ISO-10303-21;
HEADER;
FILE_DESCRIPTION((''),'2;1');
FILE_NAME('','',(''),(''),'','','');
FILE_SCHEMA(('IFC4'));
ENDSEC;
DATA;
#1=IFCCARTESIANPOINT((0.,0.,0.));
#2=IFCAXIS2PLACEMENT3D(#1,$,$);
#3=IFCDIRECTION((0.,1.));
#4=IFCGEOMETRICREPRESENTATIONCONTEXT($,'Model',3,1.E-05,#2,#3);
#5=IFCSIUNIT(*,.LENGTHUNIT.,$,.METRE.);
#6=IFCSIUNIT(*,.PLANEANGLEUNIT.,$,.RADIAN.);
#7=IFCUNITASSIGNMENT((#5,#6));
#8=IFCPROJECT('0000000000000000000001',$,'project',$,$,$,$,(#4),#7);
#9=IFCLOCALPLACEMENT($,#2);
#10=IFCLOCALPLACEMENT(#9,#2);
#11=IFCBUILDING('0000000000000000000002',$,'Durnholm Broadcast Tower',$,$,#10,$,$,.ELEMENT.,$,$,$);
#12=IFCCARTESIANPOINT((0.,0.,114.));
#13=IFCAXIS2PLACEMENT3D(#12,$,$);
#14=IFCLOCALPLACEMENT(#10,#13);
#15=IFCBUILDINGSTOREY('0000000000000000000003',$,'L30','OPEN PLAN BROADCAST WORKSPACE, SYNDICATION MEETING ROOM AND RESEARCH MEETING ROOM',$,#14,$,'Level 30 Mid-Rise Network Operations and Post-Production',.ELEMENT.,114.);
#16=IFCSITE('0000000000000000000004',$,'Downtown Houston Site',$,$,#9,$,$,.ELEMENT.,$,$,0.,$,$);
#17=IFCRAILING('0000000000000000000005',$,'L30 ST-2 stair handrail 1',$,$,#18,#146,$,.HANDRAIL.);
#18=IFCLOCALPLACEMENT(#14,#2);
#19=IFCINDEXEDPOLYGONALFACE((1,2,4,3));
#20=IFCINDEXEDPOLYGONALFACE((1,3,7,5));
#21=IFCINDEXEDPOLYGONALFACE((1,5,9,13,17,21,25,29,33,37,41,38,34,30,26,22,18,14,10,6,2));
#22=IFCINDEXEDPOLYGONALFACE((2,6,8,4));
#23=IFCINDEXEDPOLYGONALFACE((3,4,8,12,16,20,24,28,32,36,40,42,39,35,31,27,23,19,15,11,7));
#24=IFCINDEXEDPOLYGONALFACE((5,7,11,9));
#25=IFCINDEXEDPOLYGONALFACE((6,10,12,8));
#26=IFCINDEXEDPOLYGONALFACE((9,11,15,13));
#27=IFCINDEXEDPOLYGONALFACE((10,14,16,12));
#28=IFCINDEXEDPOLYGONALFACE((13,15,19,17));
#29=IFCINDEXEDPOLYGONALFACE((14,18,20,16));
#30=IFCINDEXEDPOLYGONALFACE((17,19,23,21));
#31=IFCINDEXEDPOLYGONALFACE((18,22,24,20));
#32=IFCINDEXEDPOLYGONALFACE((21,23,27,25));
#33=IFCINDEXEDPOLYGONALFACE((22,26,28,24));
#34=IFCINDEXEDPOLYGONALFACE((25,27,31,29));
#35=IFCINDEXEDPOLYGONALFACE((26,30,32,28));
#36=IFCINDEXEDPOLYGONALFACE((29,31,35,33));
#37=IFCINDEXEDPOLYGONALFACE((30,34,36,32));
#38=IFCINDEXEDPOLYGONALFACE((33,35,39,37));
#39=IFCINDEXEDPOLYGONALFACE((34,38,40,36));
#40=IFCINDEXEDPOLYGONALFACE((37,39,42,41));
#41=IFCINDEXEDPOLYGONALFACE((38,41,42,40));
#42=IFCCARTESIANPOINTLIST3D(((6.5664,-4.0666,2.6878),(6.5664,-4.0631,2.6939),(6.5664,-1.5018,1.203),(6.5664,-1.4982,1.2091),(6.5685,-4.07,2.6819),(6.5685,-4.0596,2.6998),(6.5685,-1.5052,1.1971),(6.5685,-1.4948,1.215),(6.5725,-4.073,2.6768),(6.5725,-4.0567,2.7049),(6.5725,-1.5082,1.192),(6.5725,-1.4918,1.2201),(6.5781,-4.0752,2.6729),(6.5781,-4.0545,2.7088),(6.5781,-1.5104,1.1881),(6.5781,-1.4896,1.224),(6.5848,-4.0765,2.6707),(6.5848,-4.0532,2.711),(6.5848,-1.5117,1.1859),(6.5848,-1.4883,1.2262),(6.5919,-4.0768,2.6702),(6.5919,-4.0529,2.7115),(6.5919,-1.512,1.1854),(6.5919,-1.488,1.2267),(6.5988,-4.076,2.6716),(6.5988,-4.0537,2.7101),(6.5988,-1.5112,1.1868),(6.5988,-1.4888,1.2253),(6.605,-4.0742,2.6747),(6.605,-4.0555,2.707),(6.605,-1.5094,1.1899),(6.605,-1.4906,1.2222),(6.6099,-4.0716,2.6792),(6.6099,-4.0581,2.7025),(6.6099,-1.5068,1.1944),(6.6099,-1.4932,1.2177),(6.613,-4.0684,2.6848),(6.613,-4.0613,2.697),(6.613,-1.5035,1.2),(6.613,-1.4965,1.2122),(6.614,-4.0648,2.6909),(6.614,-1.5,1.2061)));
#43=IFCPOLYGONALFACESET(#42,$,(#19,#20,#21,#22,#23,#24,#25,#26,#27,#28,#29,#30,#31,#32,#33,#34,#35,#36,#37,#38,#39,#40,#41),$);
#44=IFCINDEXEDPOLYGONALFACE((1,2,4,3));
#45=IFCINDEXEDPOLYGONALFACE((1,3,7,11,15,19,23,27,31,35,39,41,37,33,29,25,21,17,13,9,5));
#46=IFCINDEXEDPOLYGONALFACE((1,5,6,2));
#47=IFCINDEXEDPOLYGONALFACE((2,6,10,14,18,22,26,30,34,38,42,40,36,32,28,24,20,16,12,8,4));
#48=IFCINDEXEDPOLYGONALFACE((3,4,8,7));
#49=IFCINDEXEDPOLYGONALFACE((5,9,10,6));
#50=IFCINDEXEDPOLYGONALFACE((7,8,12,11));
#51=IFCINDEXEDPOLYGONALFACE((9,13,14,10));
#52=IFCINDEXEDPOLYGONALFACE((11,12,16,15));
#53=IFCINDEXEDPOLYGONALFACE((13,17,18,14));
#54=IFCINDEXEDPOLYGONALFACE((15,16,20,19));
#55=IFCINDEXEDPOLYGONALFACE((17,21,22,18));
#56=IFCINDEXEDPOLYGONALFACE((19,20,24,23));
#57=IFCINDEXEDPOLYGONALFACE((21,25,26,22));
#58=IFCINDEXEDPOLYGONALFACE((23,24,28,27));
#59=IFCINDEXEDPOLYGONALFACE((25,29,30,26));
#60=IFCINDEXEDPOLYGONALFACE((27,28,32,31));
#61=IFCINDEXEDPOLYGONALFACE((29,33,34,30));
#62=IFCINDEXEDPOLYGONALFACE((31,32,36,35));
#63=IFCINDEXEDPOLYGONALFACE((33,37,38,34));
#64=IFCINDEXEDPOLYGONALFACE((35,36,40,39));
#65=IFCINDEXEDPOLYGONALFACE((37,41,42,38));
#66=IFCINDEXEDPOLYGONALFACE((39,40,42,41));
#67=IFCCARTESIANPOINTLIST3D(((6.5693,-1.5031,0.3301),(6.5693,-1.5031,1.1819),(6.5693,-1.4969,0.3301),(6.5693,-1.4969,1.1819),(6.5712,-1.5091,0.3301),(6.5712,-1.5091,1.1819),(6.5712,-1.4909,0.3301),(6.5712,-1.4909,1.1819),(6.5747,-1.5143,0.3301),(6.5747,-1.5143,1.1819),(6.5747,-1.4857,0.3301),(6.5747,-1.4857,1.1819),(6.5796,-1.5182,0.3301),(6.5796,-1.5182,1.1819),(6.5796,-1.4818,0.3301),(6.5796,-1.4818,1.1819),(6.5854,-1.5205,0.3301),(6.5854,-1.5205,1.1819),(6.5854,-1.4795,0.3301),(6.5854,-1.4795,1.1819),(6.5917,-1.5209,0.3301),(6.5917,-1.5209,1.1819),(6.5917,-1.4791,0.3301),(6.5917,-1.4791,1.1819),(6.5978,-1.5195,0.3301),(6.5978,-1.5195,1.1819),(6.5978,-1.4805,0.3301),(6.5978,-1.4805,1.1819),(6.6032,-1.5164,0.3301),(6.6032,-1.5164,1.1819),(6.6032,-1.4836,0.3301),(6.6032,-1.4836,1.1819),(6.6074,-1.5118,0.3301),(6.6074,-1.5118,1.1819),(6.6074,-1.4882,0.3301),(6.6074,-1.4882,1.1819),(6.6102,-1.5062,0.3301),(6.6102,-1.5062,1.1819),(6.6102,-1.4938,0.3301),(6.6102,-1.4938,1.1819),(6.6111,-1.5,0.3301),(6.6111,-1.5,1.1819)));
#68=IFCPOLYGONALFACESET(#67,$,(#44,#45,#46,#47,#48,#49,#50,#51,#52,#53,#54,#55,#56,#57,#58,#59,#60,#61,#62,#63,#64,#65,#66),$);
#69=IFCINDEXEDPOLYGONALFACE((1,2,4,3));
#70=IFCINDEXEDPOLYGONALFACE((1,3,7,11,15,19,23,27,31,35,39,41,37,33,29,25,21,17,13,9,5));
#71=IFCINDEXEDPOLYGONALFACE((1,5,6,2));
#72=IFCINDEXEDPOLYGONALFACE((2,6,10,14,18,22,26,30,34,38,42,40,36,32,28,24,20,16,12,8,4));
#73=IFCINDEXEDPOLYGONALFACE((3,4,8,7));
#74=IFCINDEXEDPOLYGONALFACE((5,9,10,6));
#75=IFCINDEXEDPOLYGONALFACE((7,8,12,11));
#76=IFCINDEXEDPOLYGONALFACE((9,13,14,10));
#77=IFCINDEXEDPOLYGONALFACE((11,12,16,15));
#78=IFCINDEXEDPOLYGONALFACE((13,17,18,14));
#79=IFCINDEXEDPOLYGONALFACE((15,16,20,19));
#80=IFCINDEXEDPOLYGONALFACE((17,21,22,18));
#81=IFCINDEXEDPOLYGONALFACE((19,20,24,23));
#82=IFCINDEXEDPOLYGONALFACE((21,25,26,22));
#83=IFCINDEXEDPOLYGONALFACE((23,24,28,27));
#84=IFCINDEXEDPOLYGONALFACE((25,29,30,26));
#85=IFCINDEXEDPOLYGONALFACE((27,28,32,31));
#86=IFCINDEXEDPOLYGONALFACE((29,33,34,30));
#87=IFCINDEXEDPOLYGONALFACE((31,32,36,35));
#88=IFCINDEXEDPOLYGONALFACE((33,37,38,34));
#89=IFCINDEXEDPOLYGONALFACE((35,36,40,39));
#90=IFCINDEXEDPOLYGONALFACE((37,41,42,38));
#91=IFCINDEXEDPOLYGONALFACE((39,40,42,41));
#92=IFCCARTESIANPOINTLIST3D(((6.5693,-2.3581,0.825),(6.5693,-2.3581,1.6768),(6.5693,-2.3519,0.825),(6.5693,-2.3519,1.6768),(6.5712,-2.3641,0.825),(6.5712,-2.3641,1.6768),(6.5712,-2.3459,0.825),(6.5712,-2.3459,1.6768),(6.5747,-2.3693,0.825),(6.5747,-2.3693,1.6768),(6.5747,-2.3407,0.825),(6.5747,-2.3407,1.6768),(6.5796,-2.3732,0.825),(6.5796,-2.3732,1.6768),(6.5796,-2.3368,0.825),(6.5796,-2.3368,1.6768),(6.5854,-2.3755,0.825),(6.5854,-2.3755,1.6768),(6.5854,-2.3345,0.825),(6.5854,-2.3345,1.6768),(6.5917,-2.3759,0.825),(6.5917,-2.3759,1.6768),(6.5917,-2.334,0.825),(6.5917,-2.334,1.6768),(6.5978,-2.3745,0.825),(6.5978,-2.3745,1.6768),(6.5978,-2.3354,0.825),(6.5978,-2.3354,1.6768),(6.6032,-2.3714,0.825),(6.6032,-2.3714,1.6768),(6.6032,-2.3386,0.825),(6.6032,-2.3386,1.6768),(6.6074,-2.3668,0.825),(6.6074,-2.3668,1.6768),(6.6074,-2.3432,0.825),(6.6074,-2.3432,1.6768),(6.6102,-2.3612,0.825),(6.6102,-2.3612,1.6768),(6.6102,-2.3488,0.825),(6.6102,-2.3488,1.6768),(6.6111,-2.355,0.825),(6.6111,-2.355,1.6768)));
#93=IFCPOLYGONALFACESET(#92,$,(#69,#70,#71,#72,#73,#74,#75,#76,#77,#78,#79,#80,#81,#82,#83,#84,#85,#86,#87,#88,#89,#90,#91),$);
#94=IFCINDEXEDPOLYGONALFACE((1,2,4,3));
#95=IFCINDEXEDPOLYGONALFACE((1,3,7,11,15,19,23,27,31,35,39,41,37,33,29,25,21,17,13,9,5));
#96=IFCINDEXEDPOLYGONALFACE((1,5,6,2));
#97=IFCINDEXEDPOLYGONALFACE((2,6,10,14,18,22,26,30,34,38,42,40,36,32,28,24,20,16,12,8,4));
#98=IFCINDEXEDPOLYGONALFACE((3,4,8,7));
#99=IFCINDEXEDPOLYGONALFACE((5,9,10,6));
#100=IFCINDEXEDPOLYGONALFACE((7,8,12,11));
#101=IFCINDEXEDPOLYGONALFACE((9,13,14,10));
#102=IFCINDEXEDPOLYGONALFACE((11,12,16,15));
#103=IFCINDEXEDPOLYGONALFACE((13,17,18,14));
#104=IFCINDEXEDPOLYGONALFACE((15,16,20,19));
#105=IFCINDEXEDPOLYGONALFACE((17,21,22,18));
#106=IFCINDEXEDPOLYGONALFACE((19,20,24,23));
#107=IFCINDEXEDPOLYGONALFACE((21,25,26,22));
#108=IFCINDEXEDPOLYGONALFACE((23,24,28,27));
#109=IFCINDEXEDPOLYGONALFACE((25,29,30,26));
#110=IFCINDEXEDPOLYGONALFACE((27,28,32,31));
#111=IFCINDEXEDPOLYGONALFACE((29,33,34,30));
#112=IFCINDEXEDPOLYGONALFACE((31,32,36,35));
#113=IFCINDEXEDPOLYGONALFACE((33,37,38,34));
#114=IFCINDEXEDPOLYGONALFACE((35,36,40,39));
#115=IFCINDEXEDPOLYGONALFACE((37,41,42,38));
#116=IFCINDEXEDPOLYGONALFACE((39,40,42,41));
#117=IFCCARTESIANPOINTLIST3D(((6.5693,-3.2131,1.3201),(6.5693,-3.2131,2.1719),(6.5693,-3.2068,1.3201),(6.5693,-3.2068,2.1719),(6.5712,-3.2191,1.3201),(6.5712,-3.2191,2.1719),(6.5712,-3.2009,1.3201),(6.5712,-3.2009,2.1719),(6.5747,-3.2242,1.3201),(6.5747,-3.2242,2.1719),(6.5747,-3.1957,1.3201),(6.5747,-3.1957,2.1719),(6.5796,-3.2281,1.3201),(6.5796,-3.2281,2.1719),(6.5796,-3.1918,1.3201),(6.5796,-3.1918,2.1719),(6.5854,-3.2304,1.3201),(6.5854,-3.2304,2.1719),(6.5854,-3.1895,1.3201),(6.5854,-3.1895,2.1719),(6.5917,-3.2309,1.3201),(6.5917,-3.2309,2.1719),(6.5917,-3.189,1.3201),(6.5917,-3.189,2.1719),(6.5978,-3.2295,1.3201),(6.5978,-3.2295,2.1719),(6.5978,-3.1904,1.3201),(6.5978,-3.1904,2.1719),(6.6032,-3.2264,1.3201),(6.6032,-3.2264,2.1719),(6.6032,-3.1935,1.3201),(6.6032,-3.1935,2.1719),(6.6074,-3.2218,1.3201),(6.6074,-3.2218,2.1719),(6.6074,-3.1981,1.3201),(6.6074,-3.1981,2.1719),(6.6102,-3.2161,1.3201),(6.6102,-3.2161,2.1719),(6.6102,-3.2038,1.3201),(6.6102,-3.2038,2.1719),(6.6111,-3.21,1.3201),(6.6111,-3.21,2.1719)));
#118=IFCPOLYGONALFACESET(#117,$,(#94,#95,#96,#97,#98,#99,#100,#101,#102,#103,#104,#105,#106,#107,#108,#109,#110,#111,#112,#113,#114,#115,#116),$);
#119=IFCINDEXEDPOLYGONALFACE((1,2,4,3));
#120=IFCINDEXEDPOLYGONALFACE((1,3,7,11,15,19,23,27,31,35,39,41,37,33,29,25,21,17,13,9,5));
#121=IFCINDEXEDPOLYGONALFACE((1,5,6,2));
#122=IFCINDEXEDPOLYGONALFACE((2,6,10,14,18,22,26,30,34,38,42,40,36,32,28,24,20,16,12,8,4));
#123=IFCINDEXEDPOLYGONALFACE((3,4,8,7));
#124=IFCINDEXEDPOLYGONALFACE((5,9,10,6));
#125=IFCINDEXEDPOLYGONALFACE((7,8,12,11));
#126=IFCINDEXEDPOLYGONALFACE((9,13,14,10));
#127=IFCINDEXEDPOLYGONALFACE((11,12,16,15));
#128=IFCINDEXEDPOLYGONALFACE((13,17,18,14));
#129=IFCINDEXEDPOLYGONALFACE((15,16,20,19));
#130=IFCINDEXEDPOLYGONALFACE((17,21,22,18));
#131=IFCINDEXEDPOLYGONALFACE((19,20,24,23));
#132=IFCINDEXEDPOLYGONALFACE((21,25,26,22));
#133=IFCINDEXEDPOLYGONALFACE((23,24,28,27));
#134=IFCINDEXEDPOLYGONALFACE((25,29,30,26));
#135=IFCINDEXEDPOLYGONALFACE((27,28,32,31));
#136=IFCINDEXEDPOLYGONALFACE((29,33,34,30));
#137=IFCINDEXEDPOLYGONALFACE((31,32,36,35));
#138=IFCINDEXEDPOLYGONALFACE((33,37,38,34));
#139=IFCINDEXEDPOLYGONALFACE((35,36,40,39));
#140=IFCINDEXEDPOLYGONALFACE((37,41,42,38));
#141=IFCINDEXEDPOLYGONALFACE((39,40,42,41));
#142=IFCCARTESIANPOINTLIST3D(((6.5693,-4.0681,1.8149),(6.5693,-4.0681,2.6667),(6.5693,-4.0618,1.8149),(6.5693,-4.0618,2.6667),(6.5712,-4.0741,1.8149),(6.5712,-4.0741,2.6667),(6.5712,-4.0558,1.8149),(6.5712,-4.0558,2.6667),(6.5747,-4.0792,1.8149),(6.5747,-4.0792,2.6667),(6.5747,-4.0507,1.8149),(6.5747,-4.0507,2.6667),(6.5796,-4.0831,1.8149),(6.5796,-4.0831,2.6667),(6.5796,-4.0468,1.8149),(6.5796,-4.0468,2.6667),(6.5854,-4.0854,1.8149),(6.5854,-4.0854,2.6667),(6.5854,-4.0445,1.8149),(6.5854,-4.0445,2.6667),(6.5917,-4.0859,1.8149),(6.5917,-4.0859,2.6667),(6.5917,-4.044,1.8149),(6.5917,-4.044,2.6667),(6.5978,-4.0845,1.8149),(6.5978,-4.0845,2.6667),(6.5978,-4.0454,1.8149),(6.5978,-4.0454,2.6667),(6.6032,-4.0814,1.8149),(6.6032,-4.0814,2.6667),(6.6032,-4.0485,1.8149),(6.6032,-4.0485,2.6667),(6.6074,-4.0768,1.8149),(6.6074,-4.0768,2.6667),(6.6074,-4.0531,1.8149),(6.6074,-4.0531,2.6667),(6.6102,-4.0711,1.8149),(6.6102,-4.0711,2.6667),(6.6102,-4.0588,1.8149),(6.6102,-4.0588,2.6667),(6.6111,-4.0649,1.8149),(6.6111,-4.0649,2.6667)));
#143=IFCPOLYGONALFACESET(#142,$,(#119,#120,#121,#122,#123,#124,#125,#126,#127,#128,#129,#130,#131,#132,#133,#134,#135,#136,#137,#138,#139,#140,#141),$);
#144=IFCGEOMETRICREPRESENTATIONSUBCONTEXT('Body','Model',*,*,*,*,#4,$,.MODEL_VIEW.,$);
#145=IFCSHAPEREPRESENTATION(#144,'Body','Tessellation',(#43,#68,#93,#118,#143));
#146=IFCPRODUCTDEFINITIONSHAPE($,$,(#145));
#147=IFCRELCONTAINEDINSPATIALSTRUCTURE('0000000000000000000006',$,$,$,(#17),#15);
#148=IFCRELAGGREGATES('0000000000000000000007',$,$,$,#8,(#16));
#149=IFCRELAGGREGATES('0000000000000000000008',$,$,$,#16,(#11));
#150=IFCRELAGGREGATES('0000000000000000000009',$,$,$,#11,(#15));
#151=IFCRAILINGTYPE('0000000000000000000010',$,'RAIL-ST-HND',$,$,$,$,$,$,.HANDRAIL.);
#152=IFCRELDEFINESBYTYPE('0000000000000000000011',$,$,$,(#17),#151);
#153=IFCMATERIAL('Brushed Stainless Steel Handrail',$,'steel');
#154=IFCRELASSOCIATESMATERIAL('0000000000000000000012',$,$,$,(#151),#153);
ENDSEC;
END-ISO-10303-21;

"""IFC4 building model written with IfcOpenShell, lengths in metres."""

from ifc_helpers import new_model, si_unit, direction, frame, origin, origin_2d, place, context, subcontext, project, spatial, circle, extrude, material, type_object, element, save


model = new_model("IFC4")

# Units and contexts
model_context = context("Model", 3, precision=1e-05, world=origin(), true_north=direction((0.0, 1.0)))
body_context = subcontext(model_context, "Body", "Model", "MODEL_VIEW")
ifc_project = project(units=[si_unit("LENGTHUNIT", "METRE"), si_unit("PLANEANGLEUNIT", "RADIAN")], contexts=[model_context])

# Site, building, storey
site_placement = place(None, origin())
site = spatial("IfcSite", under=ifc_project, at=site_placement, Name="Downtown Houston Site", CompositionType="ELEMENT", RefElevation=0.0)
building_placement = place(site_placement, origin())
building = spatial("IfcBuilding", under=site, at=building_placement, Name="Durnholm Broadcast Tower", CompositionType="ELEMENT")
storey_placement = place(building_placement, frame((0.0, 0.0, 114.0)))
storey = spatial("IfcBuildingStorey", under=building, at=storey_placement, Name="L30", Description="OPEN PLAN BROADCAST WORKSPACE, SYNDICATION MEETING ROOM AND RESEARCH MEETING ROOM", LongName="Level 30 Mid-Rise Network Operations and Post-Production", CompositionType="ELEMENT", Elevation=114.0)

# Railing
ifc_material_1 = material(Name="Brushed Stainless Steel Handrail", Category="steel")
railing_type_1 = type_object("IfcRailingType", Name="RAIL-ST-HND", PredefinedType="HANDRAIL", material=ifc_material_1)
railing_1_placement = place(storey_placement, frame((6.5901, -1.5, 0.3301)))
element("IfcRailing", 1, at=railing_1_placement, inside=storey, type_object=railing_type_1, Name="L30 ST-2 stair handrail 1", PredefinedType="HANDRAIL", context=body_context, shape_type="SweptSolid", body=[
    extrude(circle(Radius=0.0239, at=origin_2d()), frame((0.0, 0.0, 0.876), z_axis=(0.0, -0.865441, 0.50101), x_axis=(1.0, 0.0, 0.0)), (0.0, 0.0, 1.0), 2.9636),
    extrude(circle(Radius=0.021, at=origin_2d()), origin(), (0.0, 0.0, 1.0), 0.8518),
    extrude(circle(Radius=0.021, at=origin_2d()), frame((0.0, -0.855, 0.4949)), (0.0, 0.0, 1.0), 0.8518),
    extrude(circle(Radius=0.021, at=origin_2d()), frame((0.0, -1.71, 0.99)), (0.0, 0.0, 1.0), 0.8518),
    extrude(circle(Radius=0.021, at=origin_2d()), frame((0.0, -2.5649, 1.4849)), (0.0, 0.0, 1.0), 0.8518),
])

save(model, "model.ifc")
